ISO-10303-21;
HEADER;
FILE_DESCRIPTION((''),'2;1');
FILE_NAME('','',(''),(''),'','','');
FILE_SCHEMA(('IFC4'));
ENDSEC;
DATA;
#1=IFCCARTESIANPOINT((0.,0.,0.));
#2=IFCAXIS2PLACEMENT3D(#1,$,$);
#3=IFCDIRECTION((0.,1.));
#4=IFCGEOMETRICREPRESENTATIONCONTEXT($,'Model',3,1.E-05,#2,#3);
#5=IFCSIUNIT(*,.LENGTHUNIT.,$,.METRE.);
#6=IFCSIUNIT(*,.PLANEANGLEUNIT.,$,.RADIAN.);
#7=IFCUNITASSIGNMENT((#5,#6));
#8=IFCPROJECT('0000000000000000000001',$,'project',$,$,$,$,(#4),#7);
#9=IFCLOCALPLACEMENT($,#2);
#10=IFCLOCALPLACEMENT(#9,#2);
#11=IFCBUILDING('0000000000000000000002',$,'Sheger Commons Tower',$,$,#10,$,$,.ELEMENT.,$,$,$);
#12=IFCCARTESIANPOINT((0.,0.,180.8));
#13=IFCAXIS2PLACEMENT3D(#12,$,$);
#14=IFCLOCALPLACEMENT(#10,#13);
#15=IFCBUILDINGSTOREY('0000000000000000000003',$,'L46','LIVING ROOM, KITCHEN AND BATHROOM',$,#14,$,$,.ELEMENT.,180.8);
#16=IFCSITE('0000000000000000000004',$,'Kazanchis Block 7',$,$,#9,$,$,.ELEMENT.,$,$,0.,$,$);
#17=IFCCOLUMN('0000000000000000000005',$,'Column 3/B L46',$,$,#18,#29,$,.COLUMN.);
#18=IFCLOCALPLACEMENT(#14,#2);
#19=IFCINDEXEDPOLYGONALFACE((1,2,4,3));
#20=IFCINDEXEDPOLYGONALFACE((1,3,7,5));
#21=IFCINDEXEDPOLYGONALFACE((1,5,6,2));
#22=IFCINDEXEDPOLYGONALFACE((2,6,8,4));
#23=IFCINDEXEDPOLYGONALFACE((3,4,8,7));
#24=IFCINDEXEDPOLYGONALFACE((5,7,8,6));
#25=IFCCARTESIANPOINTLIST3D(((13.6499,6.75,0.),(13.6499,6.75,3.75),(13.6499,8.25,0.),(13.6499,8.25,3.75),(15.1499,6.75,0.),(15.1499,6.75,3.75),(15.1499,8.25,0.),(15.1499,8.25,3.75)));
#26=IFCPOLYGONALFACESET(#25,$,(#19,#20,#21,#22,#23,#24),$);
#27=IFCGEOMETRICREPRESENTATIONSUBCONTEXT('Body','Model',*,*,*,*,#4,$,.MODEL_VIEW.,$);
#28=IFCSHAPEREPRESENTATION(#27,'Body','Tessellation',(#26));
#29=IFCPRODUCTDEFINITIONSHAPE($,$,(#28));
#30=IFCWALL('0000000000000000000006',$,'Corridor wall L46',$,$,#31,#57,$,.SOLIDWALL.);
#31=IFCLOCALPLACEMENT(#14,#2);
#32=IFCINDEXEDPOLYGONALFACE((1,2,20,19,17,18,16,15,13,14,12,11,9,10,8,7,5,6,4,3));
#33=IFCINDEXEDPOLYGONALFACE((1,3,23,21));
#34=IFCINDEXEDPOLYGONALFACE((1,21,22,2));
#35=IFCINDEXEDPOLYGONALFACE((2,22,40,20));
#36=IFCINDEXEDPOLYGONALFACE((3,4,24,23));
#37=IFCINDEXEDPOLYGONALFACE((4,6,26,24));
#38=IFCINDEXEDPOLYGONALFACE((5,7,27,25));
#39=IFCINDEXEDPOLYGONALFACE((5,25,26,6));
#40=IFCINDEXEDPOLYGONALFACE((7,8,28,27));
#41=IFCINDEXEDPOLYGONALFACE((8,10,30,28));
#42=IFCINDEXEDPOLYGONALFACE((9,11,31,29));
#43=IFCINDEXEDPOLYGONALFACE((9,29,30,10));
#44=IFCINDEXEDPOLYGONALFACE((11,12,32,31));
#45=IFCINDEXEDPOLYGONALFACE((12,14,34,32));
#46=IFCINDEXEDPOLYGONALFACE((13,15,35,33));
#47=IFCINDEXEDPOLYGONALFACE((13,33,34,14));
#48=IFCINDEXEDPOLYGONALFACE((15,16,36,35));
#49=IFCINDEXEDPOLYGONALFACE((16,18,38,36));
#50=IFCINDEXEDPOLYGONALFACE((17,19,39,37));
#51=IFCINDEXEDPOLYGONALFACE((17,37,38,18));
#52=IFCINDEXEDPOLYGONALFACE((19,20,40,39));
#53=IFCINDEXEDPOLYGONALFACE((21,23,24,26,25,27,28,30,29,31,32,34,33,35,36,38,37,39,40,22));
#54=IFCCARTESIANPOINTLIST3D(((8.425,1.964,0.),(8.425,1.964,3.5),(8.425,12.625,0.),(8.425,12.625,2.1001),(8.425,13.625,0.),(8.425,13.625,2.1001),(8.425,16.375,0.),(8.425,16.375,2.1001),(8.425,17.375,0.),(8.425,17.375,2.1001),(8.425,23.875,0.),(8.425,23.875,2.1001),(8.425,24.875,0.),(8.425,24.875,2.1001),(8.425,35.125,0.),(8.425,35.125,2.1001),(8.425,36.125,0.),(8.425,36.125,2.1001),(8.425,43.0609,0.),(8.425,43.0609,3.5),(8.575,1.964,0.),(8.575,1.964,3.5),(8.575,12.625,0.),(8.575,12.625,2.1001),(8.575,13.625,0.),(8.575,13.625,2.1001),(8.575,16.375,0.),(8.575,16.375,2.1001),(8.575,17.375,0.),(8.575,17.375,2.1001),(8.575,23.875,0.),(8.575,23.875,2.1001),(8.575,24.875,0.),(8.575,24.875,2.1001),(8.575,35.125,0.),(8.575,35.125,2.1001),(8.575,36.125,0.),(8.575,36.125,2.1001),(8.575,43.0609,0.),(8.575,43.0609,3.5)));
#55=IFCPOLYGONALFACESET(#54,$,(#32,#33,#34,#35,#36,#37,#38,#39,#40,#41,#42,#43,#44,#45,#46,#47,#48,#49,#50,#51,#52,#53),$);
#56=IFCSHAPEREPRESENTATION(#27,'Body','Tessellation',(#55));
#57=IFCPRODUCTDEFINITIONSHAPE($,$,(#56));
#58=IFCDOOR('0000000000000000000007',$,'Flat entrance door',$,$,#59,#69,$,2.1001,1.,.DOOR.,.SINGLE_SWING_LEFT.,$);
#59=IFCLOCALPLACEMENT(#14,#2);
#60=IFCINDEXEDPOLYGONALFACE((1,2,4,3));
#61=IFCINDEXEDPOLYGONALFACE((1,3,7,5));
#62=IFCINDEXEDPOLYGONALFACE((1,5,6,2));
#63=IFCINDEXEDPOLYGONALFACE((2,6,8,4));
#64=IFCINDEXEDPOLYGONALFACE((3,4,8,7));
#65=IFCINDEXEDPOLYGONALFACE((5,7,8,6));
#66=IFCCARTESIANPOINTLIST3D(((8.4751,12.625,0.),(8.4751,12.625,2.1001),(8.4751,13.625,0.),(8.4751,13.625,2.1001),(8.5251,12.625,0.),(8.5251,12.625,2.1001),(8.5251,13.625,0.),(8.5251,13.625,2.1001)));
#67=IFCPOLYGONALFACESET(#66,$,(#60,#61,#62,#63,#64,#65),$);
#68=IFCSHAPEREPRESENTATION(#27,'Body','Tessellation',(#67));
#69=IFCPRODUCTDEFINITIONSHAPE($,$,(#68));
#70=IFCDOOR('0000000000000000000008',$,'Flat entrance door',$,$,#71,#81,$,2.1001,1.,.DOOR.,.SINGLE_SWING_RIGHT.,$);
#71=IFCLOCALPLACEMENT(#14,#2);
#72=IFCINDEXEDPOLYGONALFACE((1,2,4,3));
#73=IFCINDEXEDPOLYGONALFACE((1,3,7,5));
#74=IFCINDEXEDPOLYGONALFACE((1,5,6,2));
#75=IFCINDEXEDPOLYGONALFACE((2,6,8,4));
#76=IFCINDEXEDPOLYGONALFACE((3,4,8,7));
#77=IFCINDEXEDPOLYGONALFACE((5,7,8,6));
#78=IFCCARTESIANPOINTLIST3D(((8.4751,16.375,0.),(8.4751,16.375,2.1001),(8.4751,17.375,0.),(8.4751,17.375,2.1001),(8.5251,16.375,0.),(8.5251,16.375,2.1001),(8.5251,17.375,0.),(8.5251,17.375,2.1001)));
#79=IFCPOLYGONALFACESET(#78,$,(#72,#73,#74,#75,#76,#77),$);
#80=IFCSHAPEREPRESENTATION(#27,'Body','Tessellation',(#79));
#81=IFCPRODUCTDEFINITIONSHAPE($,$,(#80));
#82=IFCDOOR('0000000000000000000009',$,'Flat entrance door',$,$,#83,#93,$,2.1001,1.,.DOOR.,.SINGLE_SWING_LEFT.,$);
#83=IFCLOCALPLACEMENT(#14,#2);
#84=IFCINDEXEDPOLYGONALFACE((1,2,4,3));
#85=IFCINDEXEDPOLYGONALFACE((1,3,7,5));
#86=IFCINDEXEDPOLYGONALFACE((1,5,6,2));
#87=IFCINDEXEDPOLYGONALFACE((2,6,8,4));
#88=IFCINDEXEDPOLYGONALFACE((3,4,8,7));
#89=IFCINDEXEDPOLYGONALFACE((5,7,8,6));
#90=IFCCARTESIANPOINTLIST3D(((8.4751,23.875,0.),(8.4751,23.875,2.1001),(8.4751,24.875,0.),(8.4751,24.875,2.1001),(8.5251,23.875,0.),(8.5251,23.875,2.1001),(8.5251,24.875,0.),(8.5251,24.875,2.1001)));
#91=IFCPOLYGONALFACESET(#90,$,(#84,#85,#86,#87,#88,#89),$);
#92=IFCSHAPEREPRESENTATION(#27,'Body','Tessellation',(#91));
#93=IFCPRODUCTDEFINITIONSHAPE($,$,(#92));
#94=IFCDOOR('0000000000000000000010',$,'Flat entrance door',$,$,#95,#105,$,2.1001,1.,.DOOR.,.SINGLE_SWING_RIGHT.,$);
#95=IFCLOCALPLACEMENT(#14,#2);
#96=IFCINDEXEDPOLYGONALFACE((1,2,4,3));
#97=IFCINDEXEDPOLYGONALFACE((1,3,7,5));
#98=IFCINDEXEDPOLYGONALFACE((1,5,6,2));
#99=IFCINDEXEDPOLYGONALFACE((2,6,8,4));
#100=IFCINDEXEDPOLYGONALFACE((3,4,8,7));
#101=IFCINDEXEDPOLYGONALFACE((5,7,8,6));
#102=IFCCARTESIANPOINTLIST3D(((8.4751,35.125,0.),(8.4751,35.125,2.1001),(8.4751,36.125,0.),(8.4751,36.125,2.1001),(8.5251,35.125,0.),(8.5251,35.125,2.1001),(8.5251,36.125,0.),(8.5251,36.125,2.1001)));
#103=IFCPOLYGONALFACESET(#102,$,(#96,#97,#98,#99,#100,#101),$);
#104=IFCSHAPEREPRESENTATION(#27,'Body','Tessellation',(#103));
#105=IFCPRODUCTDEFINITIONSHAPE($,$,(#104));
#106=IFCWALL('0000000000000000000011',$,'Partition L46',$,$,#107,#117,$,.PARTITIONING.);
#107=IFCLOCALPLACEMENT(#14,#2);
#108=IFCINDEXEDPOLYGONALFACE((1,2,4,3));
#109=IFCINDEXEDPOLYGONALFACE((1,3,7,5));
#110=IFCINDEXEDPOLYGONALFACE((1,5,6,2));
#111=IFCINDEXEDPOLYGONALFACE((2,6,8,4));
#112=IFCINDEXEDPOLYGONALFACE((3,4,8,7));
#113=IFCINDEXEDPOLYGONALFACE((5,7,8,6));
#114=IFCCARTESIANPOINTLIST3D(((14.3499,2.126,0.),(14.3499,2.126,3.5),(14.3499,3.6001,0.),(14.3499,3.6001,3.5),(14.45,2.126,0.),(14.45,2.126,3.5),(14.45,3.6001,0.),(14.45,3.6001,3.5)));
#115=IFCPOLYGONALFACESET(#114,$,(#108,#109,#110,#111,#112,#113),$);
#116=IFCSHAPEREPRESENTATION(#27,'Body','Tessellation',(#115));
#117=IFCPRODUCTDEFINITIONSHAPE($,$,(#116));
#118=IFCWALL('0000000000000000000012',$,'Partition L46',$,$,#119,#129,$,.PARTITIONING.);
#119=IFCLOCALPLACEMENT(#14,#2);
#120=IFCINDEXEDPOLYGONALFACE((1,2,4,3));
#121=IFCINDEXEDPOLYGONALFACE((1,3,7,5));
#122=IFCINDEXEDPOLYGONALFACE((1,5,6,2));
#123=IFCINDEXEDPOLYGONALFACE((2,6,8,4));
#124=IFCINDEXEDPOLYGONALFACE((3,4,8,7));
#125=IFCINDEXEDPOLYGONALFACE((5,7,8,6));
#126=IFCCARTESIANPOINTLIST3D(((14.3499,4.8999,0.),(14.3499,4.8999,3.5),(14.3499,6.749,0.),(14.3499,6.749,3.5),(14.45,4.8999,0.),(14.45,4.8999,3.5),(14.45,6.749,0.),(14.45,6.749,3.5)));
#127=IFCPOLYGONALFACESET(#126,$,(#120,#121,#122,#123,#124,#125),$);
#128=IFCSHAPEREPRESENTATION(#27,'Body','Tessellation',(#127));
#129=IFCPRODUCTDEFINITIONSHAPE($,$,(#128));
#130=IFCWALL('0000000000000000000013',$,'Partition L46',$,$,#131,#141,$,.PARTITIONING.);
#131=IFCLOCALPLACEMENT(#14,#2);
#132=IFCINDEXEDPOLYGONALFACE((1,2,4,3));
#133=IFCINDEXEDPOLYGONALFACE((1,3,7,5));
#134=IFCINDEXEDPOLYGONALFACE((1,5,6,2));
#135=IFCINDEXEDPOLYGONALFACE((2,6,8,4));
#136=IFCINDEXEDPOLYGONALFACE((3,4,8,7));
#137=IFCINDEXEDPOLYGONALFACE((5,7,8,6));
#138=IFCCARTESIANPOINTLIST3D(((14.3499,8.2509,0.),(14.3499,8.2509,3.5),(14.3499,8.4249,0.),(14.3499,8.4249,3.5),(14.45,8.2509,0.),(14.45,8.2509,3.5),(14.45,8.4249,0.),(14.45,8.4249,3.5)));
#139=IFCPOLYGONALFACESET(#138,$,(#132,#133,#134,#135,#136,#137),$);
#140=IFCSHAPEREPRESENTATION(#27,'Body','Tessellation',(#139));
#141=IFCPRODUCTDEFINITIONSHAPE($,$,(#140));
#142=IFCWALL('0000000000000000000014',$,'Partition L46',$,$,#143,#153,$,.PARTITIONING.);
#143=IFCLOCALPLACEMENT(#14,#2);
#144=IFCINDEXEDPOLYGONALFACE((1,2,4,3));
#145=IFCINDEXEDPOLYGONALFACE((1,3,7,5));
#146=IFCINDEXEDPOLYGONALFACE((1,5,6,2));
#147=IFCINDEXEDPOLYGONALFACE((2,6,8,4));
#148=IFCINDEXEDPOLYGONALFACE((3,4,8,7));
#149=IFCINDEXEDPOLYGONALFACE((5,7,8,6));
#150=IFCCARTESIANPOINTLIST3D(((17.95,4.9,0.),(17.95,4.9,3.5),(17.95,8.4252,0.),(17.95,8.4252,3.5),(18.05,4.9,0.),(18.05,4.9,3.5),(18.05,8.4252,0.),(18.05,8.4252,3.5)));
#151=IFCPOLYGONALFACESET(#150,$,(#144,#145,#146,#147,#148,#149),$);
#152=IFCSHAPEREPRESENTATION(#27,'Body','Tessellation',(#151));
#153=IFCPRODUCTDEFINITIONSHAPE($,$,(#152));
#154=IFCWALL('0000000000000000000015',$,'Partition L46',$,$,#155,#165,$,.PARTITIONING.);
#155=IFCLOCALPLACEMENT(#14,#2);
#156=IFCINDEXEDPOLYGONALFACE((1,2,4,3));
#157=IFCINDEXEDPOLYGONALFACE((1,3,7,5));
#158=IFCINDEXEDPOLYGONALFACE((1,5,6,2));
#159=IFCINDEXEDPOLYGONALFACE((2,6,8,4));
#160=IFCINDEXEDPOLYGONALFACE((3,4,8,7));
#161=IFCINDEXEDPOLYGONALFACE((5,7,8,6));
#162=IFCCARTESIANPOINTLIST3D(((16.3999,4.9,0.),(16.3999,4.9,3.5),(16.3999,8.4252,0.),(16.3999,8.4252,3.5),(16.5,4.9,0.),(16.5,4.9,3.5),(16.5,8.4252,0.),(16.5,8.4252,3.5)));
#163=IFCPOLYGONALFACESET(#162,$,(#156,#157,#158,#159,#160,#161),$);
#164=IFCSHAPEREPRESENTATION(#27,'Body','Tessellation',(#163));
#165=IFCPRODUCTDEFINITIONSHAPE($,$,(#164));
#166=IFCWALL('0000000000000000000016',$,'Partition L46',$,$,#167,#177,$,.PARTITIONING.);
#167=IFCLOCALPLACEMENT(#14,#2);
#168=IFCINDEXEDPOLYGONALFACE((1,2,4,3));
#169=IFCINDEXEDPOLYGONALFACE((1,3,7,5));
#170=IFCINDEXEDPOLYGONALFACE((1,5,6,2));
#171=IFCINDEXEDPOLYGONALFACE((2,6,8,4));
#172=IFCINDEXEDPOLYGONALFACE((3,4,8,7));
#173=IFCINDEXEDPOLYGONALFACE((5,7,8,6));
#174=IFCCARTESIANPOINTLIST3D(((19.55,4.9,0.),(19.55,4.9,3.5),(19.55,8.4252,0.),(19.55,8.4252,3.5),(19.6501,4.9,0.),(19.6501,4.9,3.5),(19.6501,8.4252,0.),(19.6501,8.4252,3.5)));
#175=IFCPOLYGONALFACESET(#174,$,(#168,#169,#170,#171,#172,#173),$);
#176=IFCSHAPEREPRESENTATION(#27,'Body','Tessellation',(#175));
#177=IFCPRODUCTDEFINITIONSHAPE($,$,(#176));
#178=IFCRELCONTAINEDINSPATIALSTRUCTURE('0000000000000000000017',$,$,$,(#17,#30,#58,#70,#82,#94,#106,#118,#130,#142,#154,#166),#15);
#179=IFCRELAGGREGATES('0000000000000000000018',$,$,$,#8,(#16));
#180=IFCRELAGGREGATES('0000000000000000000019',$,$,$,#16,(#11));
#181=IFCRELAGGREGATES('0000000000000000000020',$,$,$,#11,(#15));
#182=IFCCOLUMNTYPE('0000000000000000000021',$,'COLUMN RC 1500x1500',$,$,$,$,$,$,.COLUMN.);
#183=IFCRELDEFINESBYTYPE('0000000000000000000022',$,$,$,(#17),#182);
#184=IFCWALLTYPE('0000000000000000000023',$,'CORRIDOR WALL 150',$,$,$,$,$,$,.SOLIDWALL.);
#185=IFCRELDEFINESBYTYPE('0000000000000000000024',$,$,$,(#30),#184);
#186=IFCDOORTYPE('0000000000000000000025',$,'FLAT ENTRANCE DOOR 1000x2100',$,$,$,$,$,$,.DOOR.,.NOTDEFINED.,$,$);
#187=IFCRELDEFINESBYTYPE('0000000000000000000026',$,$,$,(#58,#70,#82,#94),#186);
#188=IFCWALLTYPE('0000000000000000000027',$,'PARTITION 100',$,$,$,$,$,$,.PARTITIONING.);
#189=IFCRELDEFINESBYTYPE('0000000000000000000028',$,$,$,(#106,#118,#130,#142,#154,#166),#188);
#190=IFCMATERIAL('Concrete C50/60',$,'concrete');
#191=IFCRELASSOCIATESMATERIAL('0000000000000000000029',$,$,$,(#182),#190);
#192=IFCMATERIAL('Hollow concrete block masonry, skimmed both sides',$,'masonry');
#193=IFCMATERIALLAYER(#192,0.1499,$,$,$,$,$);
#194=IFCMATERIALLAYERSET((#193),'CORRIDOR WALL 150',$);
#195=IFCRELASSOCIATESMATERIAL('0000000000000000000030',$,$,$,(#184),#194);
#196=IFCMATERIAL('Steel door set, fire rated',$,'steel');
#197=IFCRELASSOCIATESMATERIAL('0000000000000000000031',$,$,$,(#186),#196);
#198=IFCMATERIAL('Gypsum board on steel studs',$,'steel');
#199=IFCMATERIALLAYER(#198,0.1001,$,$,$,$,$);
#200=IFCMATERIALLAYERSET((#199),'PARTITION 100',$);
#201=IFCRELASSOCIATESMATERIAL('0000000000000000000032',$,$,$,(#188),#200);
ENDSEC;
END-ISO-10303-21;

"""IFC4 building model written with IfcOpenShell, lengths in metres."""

from ifc_helpers import new_model, si_unit, direction, frame, frame_2d, origin, origin_2d, place, context, subcontext, project, spatial, rectangle, extrude, material, layer, layer_set, material_profile, profile_set, type_object, element, fill, save


model = new_model("IFC4")

# Units and contexts
model_context = context("Model", 3, precision=1e-05, world=origin(), true_north=direction((0.0, 1.0)))
body_context = subcontext(model_context, "Body", "Model", "MODEL_VIEW")
ifc_project = project(units=[si_unit("LENGTHUNIT", "METRE"), si_unit("PLANEANGLEUNIT", "RADIAN")], contexts=[model_context])

# Site, building, storey
site_placement = place(None, origin())
site = spatial("IfcSite", under=ifc_project, at=site_placement, Name="Kazanchis Block 7", CompositionType="ELEMENT", RefElevation=0.0)
building_placement = place(site_placement, origin())
building = spatial("IfcBuilding", under=site, at=building_placement, Name="Sheger Commons Tower", CompositionType="ELEMENT")
storey_placement = place(building_placement, frame((0.0, 0.0, 180.8)))
storey = spatial("IfcBuildingStorey", under=building, at=storey_placement, Name="L46", Description="LIVING ROOM, KITCHEN AND BATHROOM", CompositionType="ELEMENT", Elevation=180.8)

# Column
ifc_material_1 = material(Name="Concrete C50/60", Category="concrete")
ifc_material_profile = material_profile(ifc_material_1, rectangle(XDim=1.5, YDim=1.5, at=origin_2d()), Name="RC 1500x1500")
ifc_profile_set = profile_set([ifc_material_profile], Name="Concrete C50/60")
column_type = type_object("IfcColumnType", Name="COLUMN RC 1500x1500", PredefinedType="COLUMN", material=ifc_profile_set)
column_placement = place(storey_placement, frame((14.3999, 7.5, 0.0), z_axis=(0.0, 0.0, 1.0), x_axis=(1.0, 0.0, 0.0)))
element("IfcColumn", 1, at=column_placement, inside=storey, type_object=column_type, Name="Column 3/B L46", PredefinedType="COLUMN", context=body_context, shape_type="SweptSolid", body=[
    extrude(rectangle(XDim=1.5, YDim=1.5, at=origin_2d()), origin(), (0.0, 0.0, 1.0), 3.75),
])

# Wall, openings, doors
ifc_material_2 = material(Name="Hollow concrete block masonry, skimmed both sides", Category="masonry")
ifc_layer_1 = layer(ifc_material_2, 0.1499)
ifc_layer_set_1 = layer_set([ifc_layer_1], Name="CORRIDOR WALL 150")
wall_type_1 = type_object("IfcWallType", Name="CORRIDOR WALL 150", PredefinedType="SOLIDWALL", material=ifc_layer_set_1)
wall_1_placement = place(storey_placement, frame((8.5, 1.9641, 0.0), z_axis=(0.0, 0.0, 1.0), x_axis=(0.0, 1.0, 0.0)))
wall_1 = element("IfcWall", 2, at=wall_1_placement, inside=storey, type_object=wall_type_1, Name="Corridor wall L46", PredefinedType="SOLIDWALL", context=body_context, shape_type="SweptSolid", body=[
    extrude(rectangle(XDim=41.0969, YDim=0.1499, at=frame_2d((20.5483, 0.0))), origin(), (0.0, 0.0, 1.0), 3.5),
])
opening_1_placement = place(wall_1_placement, frame((10.6609, 0.0, 0.0)))
opening_1 = element("IfcOpeningElement", 3, at=opening_1_placement, cuts=wall_1, PredefinedType="OPENING", context=body_context, shape_type="SweptSolid", body=[
    extrude(rectangle(XDim=1.0, YDim=2.1001, at=frame_2d((0.5, 1.05))), frame((0.0, 0.085, 0.0), z_axis=(0.0, -1.0, 0.0), x_axis=(1.0, 0.0, 0.0)), (0.0, 0.0, 1.0), 0.1699),
])
opening_2_placement = place(wall_1_placement, frame((14.4109, 0.0, 0.0)))
opening_2 = element("IfcOpeningElement", 4, at=opening_2_placement, cuts=wall_1, PredefinedType="OPENING", context=body_context, shape_type="SweptSolid", body=[
    extrude(rectangle(XDim=1.0, YDim=2.1001, at=frame_2d((0.5, 1.05))), frame((0.0, 0.085, 0.0), z_axis=(0.0, -1.0, 0.0), x_axis=(1.0, 0.0, 0.0)), (0.0, 0.0, 1.0), 0.1699),
])
opening_3_placement = place(wall_1_placement, frame((21.9109, 0.0, 0.0)))
opening_3 = element("IfcOpeningElement", 5, at=opening_3_placement, cuts=wall_1, PredefinedType="OPENING", context=body_context, shape_type="SweptSolid", body=[
    extrude(rectangle(XDim=1.0, YDim=2.1001, at=frame_2d((0.5, 1.05))), frame((0.0, 0.085, 0.0), z_axis=(0.0, -1.0, 0.0), x_axis=(1.0, 0.0, 0.0)), (0.0, 0.0, 1.0), 0.1699),
])
opening_4_placement = place(wall_1_placement, frame((33.1609, 0.0, 0.0)))
opening_4 = element("IfcOpeningElement", 6, at=opening_4_placement, cuts=wall_1, PredefinedType="OPENING", context=body_context, shape_type="SweptSolid", body=[
    extrude(rectangle(XDim=1.0, YDim=2.1001, at=frame_2d((0.5, 1.05))), frame((0.0, 0.085, 0.0), z_axis=(0.0, -1.0, 0.0), x_axis=(1.0, 0.0, 0.0)), (0.0, 0.0, 1.0), 0.1699),
])
ifc_material_3 = material(Name="Steel door set, fire rated", Category="steel")
door_type_1 = type_object("IfcDoorType", Name="FLAT ENTRANCE DOOR 1000x2100", OperationType="NOTDEFINED", PredefinedType="DOOR", material=ifc_material_3)
door_1_placement = place(opening_1_placement, origin())
door_1 = element("IfcDoor", 7, at=door_1_placement, inside=storey, type_object=door_type_1, Name="Flat entrance door", OperationType="SINGLE_SWING_LEFT", OverallHeight=2.1001, OverallWidth=1.0, PredefinedType="DOOR", context=body_context, shape_type="SweptSolid", body=[
    extrude(rectangle(XDim=1.0, YDim=2.1001, at=frame_2d((0.5, 1.05))), frame((0.0, 0.0249, 0.0), z_axis=(0.0, -1.0, 0.0), x_axis=(1.0, 0.0, 0.0)), (0.0, 0.0, 1.0), 0.05),
])
fill(opening_1, door_1)
door_2_placement = place(opening_2_placement, origin())
door_2 = element("IfcDoor", 8, at=door_2_placement, inside=storey, type_object=door_type_1, Name="Flat entrance door", OperationType="SINGLE_SWING_RIGHT", OverallHeight=2.1001, OverallWidth=1.0, PredefinedType="DOOR", context=body_context, shape_type="SweptSolid", body=[
    extrude(rectangle(XDim=1.0, YDim=2.1001, at=frame_2d((0.5, 1.05))), frame((0.0, 0.0249, 0.0), z_axis=(0.0, -1.0, 0.0), x_axis=(1.0, 0.0, 0.0)), (0.0, 0.0, 1.0), 0.05),
])
fill(opening_2, door_2)
door_3_placement = place(opening_3_placement, origin())
door_3 = element("IfcDoor", 9, at=door_3_placement, inside=storey, type_object=door_type_1, Name="Flat entrance door", OperationType="SINGLE_SWING_LEFT", OverallHeight=2.1001, OverallWidth=1.0, PredefinedType="DOOR", context=body_context, shape_type="SweptSolid", body=[
    extrude(rectangle(XDim=1.0, YDim=2.1001, at=frame_2d((0.5, 1.05))), frame((0.0, 0.0249, 0.0), z_axis=(0.0, -1.0, 0.0), x_axis=(1.0, 0.0, 0.0)), (0.0, 0.0, 1.0), 0.05),
])
fill(opening_3, door_3)
door_4_placement = place(opening_4_placement, origin())
door_4 = element("IfcDoor", 10, at=door_4_placement, inside=storey, type_object=door_type_1, Name="Flat entrance door", OperationType="SINGLE_SWING_RIGHT", OverallHeight=2.1001, OverallWidth=1.0, PredefinedType="DOOR", context=body_context, shape_type="SweptSolid", body=[
    extrude(rectangle(XDim=1.0, YDim=2.1001, at=frame_2d((0.5, 1.05))), frame((0.0, 0.0249, 0.0), z_axis=(0.0, -1.0, 0.0), x_axis=(1.0, 0.0, 0.0)), (0.0, 0.0, 1.0), 0.05),
])
fill(opening_4, door_4)

# Walls
ifc_material_4 = material(Name="Gypsum board on steel studs", Category="steel")
ifc_layer_2 = layer(ifc_material_4, 0.1001)
ifc_layer_set_2 = layer_set([ifc_layer_2], Name="PARTITION 100")
wall_type_2 = type_object("IfcWallType", Name="PARTITION 100", PredefinedType="PARTITIONING", material=ifc_layer_set_2)
wall_2_placement = place(storey_placement, frame((14.3999, 2.126, 0.0), z_axis=(0.0, 0.0, 1.0), x_axis=(0.0, 1.0, 0.0)))
element("IfcWall", 11, at=wall_2_placement, inside=storey, type_object=wall_type_2, Name="Partition L46", PredefinedType="PARTITIONING", context=body_context, shape_type="SweptSolid", body=[
    extrude(rectangle(XDim=1.4741, YDim=0.1001, at=frame_2d((0.7371, 0.0))), origin(), (0.0, 0.0, 1.0), 3.5),
])
wall_3_placement = place(storey_placement, frame((14.3999, 4.8999, 0.0), z_axis=(0.0, 0.0, 1.0), x_axis=(0.0, 1.0, 0.0)))
element("IfcWall", 12, at=wall_3_placement, inside=storey, type_object=wall_type_2, Name="Partition L46", PredefinedType="PARTITIONING", context=body_context, shape_type="SweptSolid", body=[
    extrude(rectangle(XDim=1.8491, YDim=0.1001, at=frame_2d((0.9246, 0.0))), origin(), (0.0, 0.0, 1.0), 3.5),
])
wall_4_placement = place(storey_placement, frame((14.3999, 8.251, 0.0), z_axis=(0.0, 0.0, 1.0), x_axis=(0.0, 1.0, 0.0)))
element("IfcWall", 13, at=wall_4_placement, inside=storey, type_object=wall_type_2, Name="Partition L46", PredefinedType="PARTITIONING", context=body_context, shape_type="SweptSolid", body=[
    extrude(rectangle(XDim=0.1741, YDim=0.1001, at=frame_2d((0.0869, 0.0))), origin(), (0.0, 0.0, 1.0), 3.5),
])
for number, where, z_axis, x_axis, name in (
    (14, (18.0, 4.8999, 0.0), (0.0, 0.0, 1.0), (0.0, 1.0, 0.0), "Partition L46"),
    (15, (16.45, 4.8999, 0.0), (0.0, 0.0, 1.0), (0.0, 1.0, 0.0), "Partition L46"),
    (16, (19.6001, 4.8999, 0.0), (0.0, 0.0, 1.0), (0.0, 1.0, 0.0), "Partition L46"),
):
    element("IfcWall", number, at=place(storey_placement, frame(where, z_axis=z_axis, x_axis=x_axis)), inside=storey, type_object=wall_type_2, Name=name, PredefinedType="PARTITIONING", context=body_context, shape_type="SweptSolid", body=[
        extrude(rectangle(XDim=3.5251, YDim=0.1001, at=frame_2d((1.7627, 0.0))), origin(), (0.0, 0.0, 1.0), 3.5),
    ])

save(model, "model.ifc")
